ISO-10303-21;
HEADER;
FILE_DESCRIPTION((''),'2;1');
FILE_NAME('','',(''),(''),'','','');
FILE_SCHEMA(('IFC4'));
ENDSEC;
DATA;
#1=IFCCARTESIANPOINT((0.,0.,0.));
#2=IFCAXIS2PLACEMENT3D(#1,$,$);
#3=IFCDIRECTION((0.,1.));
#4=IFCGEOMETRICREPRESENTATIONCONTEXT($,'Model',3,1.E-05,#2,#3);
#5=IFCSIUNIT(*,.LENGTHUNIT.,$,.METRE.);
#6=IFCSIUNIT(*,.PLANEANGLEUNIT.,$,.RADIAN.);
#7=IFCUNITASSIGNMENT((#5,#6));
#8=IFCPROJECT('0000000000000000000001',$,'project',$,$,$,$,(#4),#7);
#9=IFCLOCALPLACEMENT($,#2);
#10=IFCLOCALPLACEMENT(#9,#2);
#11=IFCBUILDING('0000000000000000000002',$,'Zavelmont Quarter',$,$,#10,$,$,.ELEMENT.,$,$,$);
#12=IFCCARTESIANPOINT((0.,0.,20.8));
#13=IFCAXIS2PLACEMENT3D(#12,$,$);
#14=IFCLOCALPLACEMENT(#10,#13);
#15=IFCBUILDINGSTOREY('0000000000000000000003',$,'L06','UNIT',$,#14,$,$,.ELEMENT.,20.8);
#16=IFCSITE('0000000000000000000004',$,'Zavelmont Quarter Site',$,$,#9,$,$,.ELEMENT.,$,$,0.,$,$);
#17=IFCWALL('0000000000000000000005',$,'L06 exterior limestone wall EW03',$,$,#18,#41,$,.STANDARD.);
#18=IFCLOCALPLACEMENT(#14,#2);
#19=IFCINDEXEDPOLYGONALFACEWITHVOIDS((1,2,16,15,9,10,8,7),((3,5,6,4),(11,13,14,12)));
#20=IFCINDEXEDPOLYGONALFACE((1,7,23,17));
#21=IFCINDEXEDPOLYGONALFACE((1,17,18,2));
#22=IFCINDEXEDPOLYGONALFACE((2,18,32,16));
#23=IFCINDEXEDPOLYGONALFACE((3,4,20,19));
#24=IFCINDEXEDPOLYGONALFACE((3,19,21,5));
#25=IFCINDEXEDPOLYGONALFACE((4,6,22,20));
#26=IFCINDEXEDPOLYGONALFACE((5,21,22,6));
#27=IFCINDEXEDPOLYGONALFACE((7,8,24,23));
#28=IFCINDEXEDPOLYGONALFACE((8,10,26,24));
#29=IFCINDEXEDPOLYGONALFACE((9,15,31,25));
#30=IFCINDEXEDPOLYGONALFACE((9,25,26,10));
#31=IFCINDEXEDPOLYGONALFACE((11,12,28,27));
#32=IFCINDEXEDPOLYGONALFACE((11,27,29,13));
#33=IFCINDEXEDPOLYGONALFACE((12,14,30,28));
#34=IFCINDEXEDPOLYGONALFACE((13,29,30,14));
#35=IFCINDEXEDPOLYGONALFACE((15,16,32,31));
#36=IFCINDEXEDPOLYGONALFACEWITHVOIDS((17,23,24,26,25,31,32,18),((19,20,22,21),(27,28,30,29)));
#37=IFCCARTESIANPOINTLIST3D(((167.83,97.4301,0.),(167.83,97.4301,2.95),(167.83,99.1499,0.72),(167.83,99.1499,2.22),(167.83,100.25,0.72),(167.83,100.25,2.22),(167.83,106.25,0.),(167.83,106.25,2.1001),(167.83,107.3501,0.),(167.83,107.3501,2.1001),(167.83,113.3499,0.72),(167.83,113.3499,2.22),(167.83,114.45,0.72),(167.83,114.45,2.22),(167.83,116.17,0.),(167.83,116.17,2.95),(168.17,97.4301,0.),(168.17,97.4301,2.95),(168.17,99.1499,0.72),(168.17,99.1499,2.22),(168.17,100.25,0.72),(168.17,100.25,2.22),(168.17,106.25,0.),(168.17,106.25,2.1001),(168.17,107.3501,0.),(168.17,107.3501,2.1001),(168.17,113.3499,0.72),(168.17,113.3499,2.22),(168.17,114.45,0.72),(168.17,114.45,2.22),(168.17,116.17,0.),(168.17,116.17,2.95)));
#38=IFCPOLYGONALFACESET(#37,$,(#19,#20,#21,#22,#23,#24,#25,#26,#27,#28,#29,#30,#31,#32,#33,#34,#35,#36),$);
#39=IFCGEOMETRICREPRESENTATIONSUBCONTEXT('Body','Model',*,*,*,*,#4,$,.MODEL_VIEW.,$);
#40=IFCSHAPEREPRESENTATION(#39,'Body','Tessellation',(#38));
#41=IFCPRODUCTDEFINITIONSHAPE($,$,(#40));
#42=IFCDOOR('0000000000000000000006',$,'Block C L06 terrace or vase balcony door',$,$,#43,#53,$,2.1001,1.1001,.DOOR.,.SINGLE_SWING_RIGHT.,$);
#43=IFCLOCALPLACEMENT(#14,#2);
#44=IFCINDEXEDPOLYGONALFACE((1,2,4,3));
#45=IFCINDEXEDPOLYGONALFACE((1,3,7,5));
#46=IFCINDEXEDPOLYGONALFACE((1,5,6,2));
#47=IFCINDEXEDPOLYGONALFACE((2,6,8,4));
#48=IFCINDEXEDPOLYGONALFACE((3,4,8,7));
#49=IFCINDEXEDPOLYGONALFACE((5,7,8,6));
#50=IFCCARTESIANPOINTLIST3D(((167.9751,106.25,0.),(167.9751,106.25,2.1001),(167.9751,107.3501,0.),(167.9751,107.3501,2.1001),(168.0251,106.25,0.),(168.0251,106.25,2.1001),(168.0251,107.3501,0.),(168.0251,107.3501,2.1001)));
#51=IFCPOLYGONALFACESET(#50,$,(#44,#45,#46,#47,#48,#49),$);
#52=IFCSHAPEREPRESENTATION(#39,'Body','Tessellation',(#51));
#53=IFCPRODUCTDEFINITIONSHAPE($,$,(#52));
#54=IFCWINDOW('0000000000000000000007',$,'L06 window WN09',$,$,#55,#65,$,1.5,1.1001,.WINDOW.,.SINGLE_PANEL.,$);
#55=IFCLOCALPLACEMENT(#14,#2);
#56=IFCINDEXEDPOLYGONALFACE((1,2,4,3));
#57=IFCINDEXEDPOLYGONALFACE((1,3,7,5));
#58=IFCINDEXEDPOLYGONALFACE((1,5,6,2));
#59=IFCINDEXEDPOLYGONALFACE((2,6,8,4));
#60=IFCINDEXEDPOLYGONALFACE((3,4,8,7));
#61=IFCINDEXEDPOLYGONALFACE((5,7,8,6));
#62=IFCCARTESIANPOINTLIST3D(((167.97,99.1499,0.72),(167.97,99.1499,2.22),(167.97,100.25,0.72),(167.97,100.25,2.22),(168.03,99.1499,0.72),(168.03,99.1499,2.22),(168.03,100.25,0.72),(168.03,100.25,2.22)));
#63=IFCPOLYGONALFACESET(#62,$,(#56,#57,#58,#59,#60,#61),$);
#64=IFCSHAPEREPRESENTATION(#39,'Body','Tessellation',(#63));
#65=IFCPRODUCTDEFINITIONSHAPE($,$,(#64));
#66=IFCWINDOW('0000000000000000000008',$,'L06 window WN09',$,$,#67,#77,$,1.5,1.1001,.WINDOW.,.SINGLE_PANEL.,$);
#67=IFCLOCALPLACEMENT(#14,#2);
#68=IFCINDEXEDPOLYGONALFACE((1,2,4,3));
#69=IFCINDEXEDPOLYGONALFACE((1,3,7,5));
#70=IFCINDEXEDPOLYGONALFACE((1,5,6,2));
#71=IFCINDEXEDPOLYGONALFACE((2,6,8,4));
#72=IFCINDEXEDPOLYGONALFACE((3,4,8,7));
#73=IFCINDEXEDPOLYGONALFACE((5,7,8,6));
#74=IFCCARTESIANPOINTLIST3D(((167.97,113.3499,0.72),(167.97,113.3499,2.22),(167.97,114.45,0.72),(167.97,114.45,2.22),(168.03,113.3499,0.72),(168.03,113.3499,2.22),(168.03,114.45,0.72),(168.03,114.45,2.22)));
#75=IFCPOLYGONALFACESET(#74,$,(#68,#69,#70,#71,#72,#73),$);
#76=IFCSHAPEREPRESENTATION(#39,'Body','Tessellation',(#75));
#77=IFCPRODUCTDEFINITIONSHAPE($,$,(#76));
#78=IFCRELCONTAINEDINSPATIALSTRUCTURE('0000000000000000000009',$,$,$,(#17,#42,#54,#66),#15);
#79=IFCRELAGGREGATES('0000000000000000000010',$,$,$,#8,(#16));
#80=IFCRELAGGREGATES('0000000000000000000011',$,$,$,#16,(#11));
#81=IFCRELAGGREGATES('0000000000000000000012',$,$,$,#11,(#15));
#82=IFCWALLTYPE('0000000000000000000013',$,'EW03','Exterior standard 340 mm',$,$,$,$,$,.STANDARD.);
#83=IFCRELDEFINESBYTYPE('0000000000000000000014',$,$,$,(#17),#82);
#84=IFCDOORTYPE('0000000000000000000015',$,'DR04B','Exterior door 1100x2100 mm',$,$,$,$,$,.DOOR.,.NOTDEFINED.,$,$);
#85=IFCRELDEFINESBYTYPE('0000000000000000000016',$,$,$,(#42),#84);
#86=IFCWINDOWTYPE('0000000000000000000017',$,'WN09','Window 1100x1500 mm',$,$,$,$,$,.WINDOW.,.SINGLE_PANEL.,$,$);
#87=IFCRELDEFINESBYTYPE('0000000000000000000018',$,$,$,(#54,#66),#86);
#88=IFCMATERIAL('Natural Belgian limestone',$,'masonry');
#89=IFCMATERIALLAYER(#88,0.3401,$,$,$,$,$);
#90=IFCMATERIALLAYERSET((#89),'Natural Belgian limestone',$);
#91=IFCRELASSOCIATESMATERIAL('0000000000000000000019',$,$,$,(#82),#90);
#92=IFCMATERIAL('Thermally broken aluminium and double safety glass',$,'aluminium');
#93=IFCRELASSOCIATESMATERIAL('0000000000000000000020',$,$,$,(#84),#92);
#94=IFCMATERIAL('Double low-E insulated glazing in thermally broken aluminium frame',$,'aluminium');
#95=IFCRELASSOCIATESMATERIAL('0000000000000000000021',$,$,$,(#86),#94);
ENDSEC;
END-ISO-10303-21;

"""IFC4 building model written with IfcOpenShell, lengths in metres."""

from ifc_helpers import new_model, si_unit, direction, frame, frame_2d, origin, origin_with_axes, place, context, subcontext, project, spatial, rectangle, extrude, material, layer, layer_set, type_object, element, fill, save


model = new_model("IFC4")

# Units and contexts
model_context = context("Model", 3, precision=1e-05, world=origin(), true_north=direction((0.0, 1.0)))
body_context = subcontext(model_context, "Body", "Model", "MODEL_VIEW")
ifc_project = project(units=[si_unit("LENGTHUNIT", "METRE"), si_unit("PLANEANGLEUNIT", "RADIAN")], contexts=[model_context])

# Site, building, storey
site_placement = place(None, origin())
site = spatial("IfcSite", under=ifc_project, at=site_placement, Name="Zavelmont Quarter Site", CompositionType="ELEMENT", RefElevation=0.0)
building_placement = place(site_placement, origin())
building = spatial("IfcBuilding", under=site, at=building_placement, Name="Zavelmont Quarter", CompositionType="ELEMENT")
storey_placement = place(building_placement, frame((0.0, 0.0, 20.8)))
storey = spatial("IfcBuildingStorey", under=building, at=storey_placement, Name="L06", Description="UNIT", CompositionType="ELEMENT", Elevation=20.8)

# Wall, openings, door, windows
ifc_material_1 = material(Name="Natural Belgian limestone", Category="masonry")
ifc_layer_1 = layer(ifc_material_1, 0.3401)
ifc_layer_set_1 = layer_set([ifc_layer_1], Name="Natural Belgian limestone")
wall_type = type_object("IfcWallType", Name="EW03", Description="Exterior standard 340 mm", PredefinedType="STANDARD", material=ifc_layer_set_1)
wall_placement = place(storey_placement, frame((168.0, 97.4299, 0.0), z_axis=(0.0, 0.0, 1.0), x_axis=(0.0, 1.0, 0.0)))
wall = element("IfcWall", 1, at=wall_placement, inside=storey, type_object=wall_type, Name="L06 exterior limestone wall EW03", PredefinedType="STANDARD", context=body_context, shape_type="SweptSolid", body=[
    extrude(rectangle(XDim=18.74, YDim=0.3401, at=frame_2d((9.3701, 0.0))), origin(), (0.0, 0.0, 1.0), 2.95),
])
opening_1_placement = place(wall_placement, frame((8.8201, 0.0, 0.0)))
opening_1 = element("IfcOpeningElement", 2, at=opening_1_placement, cuts=wall, PredefinedType="OPENING", context=body_context, shape_type="SweptSolid", body=[
    extrude(rectangle(XDim=1.1001, YDim=2.1001, at=frame_2d((0.55, 1.05))), frame((0.0, 0.1821, 0.0), z_axis=(0.0, -1.0, 0.0), x_axis=(1.0, 0.0, 0.0)), (0.0, 0.0, 1.0), 0.364),
])
opening_2_placement = place(wall_placement, frame((1.72, 0.0, 0.72)))
opening_2 = element("IfcOpeningElement", 3, at=opening_2_placement, cuts=wall, PredefinedType="OPENING", context=body_context, shape_type="SweptSolid", body=[
    extrude(rectangle(XDim=1.1001, YDim=1.5, at=frame_2d((0.55, 0.75))), frame((0.0, 0.1821, 0.0), z_axis=(0.0, -1.0, 0.0), x_axis=(1.0, 0.0, 0.0)), (0.0, 0.0, 1.0), 0.364),
])
opening_3_placement = place(wall_placement, frame((15.9199, 0.0, 0.72)))
opening_3 = element("IfcOpeningElement", 4, at=opening_3_placement, cuts=wall, PredefinedType="OPENING", context=body_context, shape_type="SweptSolid", body=[
    extrude(rectangle(XDim=1.1001, YDim=1.5, at=frame_2d((0.55, 0.75))), frame((0.0, 0.1821, 0.0), z_axis=(0.0, -1.0, 0.0), x_axis=(1.0, 0.0, 0.0)), (0.0, 0.0, 1.0), 0.364),
])
ifc_material_2 = material(Name="Thermally broken aluminium and double safety glass", Category="aluminium")
door_type = type_object("IfcDoorType", Name="DR04B", Description="Exterior door 1100x2100 mm", OperationType="NOTDEFINED", PredefinedType="DOOR", material=ifc_material_2)
door_placement = place(opening_1_placement, origin_with_axes())
door = element("IfcDoor", 5, at=door_placement, inside=storey, type_object=door_type, Name="Block C L06 terrace or vase balcony door", OperationType="SINGLE_SWING_RIGHT", OverallHeight=2.1001, OverallWidth=1.1001, PredefinedType="DOOR", context=body_context, shape_type="SweptSolid", body=[
    extrude(rectangle(XDim=1.1001, YDim=2.1001, at=frame_2d((0.55, 1.05))), frame((0.0, 0.0249, 0.0), z_axis=(0.0, -1.0, 0.0), x_axis=(1.0, 0.0, 0.0)), (0.0, 0.0, 1.0), 0.05),
])
fill(opening_1, door)
ifc_material_3 = material(Name="Double low-E insulated glazing in thermally broken aluminium frame", Category="aluminium")
window_type = type_object("IfcWindowType", Name="WN09", Description="Window 1100x1500 mm", PartitioningType="SINGLE_PANEL", PredefinedType="WINDOW", material=ifc_material_3)
window_1_placement = place(opening_2_placement, origin_with_axes())
window_1 = element("IfcWindow", 6, at=window_1_placement, inside=storey, type_object=window_type, Name="L06 window WN09", OverallHeight=1.5, OverallWidth=1.1001, PartitioningType="SINGLE_PANEL", PredefinedType="WINDOW", context=body_context, shape_type="SweptSolid", body=[
    extrude(rectangle(XDim=1.1001, YDim=1.5, at=frame_2d((0.55, 0.75))), frame((0.0, 0.03, 0.0), z_axis=(0.0, -1.0, 0.0), x_axis=(1.0, 0.0, 0.0)), (0.0, 0.0, 1.0), 0.0601),
])
fill(opening_2, window_1)
window_2_placement = place(opening_3_placement, origin_with_axes())
window_2 = element("IfcWindow", 7, at=window_2_placement, inside=storey, type_object=window_type, Name="L06 window WN09", OverallHeight=1.5, OverallWidth=1.1001, PartitioningType="SINGLE_PANEL", PredefinedType="WINDOW", context=body_context, shape_type="SweptSolid", body=[
    extrude(rectangle(XDim=1.1001, YDim=1.5, at=frame_2d((0.55, 0.75))), frame((0.0, 0.03, 0.0), z_axis=(0.0, -1.0, 0.0), x_axis=(1.0, 0.0, 0.0)), (0.0, 0.0, 1.0), 0.0601),
])
fill(opening_3, window_2)

save(model, "model.ifc")
